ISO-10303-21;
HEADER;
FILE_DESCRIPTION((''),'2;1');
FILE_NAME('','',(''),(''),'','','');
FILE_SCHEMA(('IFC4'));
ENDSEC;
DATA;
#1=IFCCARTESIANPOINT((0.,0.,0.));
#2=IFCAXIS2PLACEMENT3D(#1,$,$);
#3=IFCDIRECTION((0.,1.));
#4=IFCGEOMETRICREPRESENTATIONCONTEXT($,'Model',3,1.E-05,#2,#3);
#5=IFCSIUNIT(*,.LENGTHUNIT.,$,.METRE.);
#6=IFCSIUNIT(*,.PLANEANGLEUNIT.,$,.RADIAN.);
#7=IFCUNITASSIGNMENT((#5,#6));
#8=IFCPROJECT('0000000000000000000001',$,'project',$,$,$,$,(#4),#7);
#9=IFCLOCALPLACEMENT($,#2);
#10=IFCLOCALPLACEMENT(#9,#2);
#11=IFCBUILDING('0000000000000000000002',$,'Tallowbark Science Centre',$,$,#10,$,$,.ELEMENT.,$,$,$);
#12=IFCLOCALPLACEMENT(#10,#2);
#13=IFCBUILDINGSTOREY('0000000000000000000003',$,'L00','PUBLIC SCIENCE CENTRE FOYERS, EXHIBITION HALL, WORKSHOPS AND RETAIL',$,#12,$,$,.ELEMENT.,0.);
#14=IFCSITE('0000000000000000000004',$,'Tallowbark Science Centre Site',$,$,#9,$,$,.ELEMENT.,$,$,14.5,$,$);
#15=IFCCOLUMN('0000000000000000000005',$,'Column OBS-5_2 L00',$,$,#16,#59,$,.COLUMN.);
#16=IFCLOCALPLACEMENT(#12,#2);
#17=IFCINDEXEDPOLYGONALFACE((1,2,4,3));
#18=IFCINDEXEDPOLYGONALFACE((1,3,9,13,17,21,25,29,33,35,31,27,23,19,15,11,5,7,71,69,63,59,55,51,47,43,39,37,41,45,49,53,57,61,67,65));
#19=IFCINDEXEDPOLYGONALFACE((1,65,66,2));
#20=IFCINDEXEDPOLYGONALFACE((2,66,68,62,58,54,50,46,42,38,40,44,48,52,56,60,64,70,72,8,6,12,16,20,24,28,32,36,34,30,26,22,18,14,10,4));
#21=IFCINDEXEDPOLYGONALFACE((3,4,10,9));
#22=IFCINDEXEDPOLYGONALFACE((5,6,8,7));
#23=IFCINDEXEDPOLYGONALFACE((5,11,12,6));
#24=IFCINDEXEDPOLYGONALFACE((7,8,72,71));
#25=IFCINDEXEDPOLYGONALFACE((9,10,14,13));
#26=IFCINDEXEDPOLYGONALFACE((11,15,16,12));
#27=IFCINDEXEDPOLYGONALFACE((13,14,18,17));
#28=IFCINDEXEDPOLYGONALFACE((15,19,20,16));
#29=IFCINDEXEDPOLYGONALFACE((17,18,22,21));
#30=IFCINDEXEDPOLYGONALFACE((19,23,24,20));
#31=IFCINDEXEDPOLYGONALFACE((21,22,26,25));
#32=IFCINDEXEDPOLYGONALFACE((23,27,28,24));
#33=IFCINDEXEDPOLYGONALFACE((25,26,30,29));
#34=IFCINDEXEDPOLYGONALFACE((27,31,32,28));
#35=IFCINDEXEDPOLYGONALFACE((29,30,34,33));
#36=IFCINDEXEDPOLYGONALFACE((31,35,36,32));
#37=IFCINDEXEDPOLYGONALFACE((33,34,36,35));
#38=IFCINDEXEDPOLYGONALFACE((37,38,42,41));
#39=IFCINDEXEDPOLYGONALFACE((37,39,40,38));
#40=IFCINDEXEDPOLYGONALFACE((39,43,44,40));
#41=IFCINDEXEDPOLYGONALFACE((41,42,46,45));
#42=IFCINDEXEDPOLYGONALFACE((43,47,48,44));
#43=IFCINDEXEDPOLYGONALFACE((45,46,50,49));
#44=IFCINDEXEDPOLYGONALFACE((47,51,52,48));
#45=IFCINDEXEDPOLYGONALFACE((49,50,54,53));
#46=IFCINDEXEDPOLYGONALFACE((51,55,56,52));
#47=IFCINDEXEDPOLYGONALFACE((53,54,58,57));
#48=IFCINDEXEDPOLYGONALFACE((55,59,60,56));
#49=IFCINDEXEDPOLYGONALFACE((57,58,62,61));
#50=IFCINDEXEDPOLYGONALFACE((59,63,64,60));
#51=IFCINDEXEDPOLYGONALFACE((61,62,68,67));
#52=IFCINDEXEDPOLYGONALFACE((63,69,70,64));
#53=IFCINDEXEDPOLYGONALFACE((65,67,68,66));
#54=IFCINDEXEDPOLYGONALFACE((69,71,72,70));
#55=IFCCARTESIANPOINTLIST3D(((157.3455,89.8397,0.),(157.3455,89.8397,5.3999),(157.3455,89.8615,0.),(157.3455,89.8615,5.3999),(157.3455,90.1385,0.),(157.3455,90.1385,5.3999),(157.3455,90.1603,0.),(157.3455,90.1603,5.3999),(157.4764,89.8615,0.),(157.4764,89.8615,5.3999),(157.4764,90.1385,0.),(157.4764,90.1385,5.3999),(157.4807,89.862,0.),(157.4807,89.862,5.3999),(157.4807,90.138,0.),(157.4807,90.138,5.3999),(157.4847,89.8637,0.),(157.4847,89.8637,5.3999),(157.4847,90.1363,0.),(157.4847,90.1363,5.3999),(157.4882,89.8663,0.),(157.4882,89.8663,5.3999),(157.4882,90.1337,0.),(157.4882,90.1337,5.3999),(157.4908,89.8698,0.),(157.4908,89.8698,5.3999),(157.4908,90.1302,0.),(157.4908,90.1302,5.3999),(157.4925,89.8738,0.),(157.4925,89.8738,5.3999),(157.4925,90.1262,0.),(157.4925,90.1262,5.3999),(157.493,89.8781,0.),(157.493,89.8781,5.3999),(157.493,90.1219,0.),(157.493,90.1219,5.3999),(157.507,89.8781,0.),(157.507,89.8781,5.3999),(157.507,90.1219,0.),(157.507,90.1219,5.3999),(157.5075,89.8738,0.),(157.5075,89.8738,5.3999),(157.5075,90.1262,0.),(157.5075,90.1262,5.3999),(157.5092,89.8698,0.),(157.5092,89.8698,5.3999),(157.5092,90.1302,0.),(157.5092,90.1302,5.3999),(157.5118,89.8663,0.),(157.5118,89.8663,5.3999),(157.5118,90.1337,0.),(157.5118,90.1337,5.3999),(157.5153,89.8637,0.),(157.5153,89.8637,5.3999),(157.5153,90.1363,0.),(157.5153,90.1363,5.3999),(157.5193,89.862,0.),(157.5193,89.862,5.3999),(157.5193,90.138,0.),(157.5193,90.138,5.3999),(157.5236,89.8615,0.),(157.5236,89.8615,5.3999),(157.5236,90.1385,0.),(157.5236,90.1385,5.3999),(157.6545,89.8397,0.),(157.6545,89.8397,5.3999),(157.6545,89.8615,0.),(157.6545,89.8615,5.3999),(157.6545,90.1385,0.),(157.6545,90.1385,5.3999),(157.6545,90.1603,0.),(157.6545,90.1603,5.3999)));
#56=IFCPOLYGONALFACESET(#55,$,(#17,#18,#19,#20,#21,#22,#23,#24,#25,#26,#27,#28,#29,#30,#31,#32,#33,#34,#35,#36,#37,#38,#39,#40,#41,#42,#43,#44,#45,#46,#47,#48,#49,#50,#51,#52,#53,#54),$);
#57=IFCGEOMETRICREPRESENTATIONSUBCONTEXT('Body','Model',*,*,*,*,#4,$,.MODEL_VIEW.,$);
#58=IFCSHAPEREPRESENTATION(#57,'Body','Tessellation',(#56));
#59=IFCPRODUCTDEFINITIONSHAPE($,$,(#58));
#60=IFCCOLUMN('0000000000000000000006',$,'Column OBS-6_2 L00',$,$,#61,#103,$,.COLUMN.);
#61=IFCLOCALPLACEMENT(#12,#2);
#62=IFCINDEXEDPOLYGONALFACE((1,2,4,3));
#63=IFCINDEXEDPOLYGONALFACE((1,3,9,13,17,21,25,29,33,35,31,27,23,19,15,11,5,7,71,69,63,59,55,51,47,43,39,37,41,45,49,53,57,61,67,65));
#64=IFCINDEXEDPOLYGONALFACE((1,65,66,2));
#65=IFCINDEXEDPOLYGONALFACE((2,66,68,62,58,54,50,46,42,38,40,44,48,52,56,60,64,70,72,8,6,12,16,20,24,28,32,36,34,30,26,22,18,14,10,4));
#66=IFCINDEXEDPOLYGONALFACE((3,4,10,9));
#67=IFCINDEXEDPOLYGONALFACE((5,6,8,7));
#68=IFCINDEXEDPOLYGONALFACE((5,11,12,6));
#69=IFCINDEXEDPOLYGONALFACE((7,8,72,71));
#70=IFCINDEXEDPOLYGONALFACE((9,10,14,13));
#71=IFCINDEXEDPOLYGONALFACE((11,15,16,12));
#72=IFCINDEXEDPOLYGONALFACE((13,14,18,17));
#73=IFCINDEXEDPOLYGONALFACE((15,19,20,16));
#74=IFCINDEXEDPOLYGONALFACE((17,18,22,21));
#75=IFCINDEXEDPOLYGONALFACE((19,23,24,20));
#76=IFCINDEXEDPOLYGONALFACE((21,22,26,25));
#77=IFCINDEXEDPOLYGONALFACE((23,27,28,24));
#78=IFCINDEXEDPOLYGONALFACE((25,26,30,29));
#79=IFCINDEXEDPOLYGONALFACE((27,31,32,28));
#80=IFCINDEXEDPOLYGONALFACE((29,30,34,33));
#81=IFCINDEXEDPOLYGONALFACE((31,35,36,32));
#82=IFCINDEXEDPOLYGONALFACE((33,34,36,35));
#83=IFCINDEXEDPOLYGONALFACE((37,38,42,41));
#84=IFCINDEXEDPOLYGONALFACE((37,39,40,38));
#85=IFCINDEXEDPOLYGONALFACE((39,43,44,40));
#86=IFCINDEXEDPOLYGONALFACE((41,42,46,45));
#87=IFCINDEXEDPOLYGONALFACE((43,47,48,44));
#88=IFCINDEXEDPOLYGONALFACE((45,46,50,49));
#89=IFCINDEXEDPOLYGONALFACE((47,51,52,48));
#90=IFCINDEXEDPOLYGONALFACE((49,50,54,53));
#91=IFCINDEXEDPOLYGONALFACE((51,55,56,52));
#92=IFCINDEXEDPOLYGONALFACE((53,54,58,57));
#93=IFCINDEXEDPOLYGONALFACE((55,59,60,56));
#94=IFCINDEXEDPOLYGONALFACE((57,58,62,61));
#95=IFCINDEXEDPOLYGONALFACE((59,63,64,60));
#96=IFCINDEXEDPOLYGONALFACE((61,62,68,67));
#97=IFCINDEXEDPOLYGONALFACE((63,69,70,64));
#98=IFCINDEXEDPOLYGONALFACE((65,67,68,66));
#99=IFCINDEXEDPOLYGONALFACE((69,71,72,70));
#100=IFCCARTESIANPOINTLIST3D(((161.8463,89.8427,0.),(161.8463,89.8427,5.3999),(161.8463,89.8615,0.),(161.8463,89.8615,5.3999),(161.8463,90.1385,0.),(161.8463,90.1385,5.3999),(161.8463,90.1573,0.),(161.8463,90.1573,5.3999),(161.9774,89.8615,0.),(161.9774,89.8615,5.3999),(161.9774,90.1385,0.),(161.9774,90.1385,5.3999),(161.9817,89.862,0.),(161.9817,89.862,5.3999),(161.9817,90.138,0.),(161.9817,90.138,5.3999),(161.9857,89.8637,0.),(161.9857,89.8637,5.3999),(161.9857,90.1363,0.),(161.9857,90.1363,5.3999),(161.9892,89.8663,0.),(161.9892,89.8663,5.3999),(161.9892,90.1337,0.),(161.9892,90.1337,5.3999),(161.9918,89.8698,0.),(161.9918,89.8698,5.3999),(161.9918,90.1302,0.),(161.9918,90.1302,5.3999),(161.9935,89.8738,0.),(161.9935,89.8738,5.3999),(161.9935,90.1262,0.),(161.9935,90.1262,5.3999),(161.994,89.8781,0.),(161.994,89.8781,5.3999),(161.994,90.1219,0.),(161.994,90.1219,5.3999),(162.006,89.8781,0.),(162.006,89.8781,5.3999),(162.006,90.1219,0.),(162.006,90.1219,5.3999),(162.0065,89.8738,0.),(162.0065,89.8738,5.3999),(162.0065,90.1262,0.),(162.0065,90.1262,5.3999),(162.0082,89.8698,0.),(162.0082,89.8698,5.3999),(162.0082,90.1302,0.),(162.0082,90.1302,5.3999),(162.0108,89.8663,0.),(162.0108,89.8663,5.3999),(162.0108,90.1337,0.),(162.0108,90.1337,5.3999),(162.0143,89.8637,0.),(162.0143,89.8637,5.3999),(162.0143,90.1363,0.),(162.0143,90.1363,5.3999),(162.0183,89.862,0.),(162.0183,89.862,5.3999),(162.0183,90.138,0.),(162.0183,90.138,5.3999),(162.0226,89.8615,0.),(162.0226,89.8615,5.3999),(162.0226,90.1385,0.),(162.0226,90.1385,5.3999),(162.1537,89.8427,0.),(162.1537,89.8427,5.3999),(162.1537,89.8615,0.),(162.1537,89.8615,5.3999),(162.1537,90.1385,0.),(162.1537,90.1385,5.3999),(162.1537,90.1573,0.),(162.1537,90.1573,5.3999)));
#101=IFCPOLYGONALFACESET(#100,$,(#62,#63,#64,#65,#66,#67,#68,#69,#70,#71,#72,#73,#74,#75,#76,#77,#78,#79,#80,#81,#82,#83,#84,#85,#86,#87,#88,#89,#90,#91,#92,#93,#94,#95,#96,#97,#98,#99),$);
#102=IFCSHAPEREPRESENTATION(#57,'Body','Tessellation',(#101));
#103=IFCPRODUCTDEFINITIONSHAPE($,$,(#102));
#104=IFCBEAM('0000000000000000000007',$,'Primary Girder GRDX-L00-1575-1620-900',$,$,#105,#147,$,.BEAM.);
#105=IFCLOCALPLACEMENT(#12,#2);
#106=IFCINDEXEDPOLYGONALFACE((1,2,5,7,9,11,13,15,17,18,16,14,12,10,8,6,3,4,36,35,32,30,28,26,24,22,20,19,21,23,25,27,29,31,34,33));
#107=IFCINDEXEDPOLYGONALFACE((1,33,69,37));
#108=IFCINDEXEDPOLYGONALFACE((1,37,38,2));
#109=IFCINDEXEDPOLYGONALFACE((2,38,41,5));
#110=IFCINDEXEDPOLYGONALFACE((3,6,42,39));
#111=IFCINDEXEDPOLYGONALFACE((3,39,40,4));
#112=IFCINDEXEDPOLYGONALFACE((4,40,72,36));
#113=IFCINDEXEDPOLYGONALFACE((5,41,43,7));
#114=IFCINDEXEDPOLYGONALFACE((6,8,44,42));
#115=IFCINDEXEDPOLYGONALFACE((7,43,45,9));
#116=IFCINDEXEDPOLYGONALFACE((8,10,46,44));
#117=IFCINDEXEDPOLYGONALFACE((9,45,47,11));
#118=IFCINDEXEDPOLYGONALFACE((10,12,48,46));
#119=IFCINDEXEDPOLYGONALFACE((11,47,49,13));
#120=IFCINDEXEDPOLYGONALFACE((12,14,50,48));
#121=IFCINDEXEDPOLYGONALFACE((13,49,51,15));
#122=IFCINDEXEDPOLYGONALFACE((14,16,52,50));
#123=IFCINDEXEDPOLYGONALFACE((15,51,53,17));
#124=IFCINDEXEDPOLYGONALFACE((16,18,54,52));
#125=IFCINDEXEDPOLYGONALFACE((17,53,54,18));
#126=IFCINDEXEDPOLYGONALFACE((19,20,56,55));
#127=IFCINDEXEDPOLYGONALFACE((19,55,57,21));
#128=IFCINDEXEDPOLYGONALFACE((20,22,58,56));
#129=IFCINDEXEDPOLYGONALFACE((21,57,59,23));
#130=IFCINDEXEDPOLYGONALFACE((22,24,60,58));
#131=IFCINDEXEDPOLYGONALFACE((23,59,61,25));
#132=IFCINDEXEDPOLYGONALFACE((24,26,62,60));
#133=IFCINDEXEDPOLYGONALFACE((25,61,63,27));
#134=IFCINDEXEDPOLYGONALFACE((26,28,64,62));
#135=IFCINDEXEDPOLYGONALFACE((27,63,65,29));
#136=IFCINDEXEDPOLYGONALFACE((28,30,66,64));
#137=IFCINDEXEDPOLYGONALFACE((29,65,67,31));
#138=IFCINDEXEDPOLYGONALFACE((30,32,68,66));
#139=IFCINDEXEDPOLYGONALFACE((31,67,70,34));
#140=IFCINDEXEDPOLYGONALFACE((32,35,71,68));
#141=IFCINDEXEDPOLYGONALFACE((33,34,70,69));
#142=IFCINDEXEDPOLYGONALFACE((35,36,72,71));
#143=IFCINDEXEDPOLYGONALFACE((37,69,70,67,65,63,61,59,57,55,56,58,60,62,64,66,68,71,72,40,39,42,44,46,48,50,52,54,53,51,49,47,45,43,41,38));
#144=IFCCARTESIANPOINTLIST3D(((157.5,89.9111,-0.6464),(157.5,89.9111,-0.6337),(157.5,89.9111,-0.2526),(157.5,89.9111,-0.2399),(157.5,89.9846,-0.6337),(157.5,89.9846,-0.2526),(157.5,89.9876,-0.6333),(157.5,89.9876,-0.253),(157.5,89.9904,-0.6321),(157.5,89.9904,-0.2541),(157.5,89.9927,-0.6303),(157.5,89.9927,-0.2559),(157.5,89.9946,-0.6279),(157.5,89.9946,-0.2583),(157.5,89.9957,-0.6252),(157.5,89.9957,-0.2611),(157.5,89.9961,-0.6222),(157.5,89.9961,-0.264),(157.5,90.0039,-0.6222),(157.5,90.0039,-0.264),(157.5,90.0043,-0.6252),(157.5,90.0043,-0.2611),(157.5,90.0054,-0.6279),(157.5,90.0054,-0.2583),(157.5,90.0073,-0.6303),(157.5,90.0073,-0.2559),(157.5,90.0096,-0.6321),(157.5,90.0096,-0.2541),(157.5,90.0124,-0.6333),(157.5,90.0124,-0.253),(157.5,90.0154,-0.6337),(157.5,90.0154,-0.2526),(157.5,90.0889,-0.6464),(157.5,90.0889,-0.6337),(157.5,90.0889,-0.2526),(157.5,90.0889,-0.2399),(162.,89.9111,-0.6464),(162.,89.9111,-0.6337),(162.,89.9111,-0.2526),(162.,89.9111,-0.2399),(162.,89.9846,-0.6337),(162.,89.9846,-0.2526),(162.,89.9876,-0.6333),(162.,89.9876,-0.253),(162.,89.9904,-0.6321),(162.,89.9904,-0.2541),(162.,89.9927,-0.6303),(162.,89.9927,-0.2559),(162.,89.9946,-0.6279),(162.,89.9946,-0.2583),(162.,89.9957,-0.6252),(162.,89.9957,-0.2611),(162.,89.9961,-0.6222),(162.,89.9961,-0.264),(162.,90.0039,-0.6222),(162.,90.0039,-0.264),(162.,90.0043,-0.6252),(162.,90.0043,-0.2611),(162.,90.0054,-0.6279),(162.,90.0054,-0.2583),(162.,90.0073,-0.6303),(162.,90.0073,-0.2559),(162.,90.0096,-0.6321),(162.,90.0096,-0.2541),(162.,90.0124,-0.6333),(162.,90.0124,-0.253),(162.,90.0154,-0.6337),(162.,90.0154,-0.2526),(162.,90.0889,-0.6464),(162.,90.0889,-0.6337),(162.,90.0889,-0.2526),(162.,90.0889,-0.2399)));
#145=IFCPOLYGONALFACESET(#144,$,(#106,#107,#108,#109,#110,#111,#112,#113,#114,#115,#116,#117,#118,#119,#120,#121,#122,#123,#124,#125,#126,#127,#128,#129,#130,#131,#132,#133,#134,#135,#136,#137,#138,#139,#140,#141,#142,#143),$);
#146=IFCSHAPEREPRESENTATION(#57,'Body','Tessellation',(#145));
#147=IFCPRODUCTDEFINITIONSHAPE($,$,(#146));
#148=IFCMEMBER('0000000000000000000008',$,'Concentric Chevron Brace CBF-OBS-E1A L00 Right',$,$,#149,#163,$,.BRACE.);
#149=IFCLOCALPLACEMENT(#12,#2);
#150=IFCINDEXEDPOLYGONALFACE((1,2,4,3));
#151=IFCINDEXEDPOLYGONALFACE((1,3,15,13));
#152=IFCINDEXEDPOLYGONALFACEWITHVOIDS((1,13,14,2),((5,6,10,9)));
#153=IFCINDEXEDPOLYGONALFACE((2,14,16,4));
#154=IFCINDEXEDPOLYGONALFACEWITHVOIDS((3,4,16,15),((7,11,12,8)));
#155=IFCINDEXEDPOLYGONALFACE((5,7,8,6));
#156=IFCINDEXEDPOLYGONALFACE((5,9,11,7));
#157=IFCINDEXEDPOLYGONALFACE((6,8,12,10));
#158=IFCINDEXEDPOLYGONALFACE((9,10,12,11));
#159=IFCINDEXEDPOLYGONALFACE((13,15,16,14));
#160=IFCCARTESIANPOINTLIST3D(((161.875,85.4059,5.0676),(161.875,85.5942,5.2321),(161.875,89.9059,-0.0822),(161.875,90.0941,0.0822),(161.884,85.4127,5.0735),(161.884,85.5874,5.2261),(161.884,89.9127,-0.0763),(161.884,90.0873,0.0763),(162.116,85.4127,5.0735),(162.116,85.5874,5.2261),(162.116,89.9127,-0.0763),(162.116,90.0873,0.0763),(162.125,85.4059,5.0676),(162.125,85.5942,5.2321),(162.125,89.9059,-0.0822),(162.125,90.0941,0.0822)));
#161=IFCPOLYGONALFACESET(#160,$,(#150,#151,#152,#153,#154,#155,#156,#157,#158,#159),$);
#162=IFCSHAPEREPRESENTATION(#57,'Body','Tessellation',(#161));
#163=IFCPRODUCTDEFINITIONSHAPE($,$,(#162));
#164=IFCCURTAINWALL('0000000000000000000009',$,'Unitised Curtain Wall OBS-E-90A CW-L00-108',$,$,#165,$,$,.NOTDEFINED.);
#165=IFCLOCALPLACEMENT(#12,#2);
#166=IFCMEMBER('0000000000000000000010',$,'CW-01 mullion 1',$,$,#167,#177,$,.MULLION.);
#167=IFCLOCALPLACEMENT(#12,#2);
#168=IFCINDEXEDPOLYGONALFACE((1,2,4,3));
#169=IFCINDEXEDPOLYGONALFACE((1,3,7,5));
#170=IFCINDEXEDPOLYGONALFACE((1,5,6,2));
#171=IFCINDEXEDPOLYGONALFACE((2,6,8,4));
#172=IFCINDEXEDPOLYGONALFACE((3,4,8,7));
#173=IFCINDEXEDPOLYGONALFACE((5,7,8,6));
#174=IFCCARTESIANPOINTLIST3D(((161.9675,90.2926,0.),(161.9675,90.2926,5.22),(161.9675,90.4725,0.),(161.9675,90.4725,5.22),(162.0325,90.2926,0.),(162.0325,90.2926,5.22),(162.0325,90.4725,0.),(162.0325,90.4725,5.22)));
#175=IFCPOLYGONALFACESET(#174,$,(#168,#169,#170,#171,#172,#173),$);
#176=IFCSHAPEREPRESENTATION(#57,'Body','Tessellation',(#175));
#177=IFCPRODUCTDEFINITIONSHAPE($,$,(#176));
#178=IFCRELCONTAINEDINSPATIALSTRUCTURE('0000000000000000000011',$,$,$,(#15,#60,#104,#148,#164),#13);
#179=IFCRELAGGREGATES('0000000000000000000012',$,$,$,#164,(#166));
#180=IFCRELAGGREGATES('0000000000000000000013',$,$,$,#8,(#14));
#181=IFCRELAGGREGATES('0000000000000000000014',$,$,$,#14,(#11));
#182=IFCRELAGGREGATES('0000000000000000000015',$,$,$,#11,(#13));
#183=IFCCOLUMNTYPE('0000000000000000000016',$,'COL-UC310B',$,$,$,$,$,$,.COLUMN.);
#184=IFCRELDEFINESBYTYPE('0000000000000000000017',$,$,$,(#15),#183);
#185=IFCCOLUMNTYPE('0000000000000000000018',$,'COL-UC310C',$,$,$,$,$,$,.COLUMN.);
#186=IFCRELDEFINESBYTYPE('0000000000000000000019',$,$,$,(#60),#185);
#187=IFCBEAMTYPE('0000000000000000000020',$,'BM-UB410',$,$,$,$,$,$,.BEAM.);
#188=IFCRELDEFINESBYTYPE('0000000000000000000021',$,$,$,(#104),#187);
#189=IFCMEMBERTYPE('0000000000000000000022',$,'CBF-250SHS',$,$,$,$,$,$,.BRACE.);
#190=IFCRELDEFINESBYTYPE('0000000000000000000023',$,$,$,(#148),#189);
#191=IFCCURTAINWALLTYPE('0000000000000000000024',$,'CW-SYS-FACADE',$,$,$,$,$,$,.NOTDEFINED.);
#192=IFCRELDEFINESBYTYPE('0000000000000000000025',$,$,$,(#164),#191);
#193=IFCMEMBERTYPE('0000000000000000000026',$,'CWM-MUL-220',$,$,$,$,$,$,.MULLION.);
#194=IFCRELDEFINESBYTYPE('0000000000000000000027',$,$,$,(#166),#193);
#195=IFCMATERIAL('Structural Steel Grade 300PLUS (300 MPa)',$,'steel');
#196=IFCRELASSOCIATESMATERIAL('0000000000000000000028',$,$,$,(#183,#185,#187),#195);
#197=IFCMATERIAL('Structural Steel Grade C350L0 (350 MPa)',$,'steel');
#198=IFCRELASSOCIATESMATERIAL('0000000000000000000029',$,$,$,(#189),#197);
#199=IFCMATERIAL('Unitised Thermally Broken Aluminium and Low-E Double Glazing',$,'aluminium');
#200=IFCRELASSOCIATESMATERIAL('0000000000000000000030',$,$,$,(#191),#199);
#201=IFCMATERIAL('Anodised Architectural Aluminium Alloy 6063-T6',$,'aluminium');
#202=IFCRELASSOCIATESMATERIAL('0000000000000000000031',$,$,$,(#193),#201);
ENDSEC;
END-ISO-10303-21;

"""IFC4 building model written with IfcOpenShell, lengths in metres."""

from ifc_helpers import new_model, si_unit, direction, frame, origin, origin_2d, place, context, subcontext, project, spatial, rectangle, hollow_rectangle, i_section, extrude, material, material_profile, profile_set, type_object, element, aggregate, save


model = new_model("IFC4")

# Units and contexts
model_context = context("Model", 3, precision=1e-05, world=origin(), true_north=direction((0.0, 1.0)))
body_context = subcontext(model_context, "Body", "Model", "MODEL_VIEW")
ifc_project = project(units=[si_unit("LENGTHUNIT", "METRE"), si_unit("PLANEANGLEUNIT", "RADIAN")], contexts=[model_context])

# Site, building, storey
site_placement = place(None, origin())
site = spatial("IfcSite", under=ifc_project, at=site_placement, Name="Tallowbark Science Centre Site", CompositionType="ELEMENT", RefElevation=14.5)
building_placement = place(site_placement, origin())
building = spatial("IfcBuilding", under=site, at=building_placement, Name="Tallowbark Science Centre", CompositionType="ELEMENT")
storey_placement = place(building_placement, origin())
storey = spatial("IfcBuildingStorey", under=building, at=storey_placement, Name="L00", Description="PUBLIC SCIENCE CENTRE FOYERS, EXHIBITION HALL, WORKSHOPS AND RETAIL", CompositionType="ELEMENT", Elevation=0.0)

# Columns
ifc_material_1 = material(Name="Structural Steel Grade 300PLUS (300 MPa)", Category="steel")
ifc_material_profile_1 = material_profile(ifc_material_1, i_section(OverallWidth=0.3091, OverallDepth=0.3206, WebThickness=0.0139, FlangeThickness=0.0217, FilletRadius=0.0166, at=origin_2d()), Name="310UC137")
ifc_profile_set_1 = profile_set([ifc_material_profile_1], Name="Structural Steel Grade 300PLUS (300 MPa)")
column_type_1 = type_object("IfcColumnType", Name="COL-UC310B", PredefinedType="COLUMN", material=ifc_profile_set_1)
column_1_placement = place(storey_placement, frame((157.5, 90.0, 0.0), z_axis=(0.0, 0.0, 1.0), x_axis=(1.0, 0.0, 0.0)))
element("IfcColumn", 1, at=column_1_placement, inside=storey, type_object=column_type_1, Name="Column OBS-5_2 L00", PredefinedType="COLUMN", context=body_context, shape_type="SweptSolid", body=[
    extrude(i_section(OverallWidth=0.3091, OverallDepth=0.3206, WebThickness=0.0139, FlangeThickness=0.0217, FilletRadius=0.0166, at=origin_2d()), origin(), (0.0, 0.0, 1.0), 5.3999),
])
ifc_material_profile_2 = material_profile(ifc_material_1, i_section(OverallWidth=0.3074, OverallDepth=0.3147, WebThickness=0.012, FlangeThickness=0.0188, FilletRadius=0.0166, at=origin_2d()), Name="310UC118")
ifc_profile_set_2 = profile_set([ifc_material_profile_2], Name="Structural Steel Grade 300PLUS (300 MPa)")
column_type_2 = type_object("IfcColumnType", Name="COL-UC310C", PredefinedType="COLUMN", material=ifc_profile_set_2)
column_2_placement = place(storey_placement, frame((162.0, 90.0, 0.0), z_axis=(0.0, 0.0, 1.0), x_axis=(1.0, 0.0, 0.0)))
element("IfcColumn", 2, at=column_2_placement, inside=storey, type_object=column_type_2, Name="Column OBS-6_2 L00", PredefinedType="COLUMN", context=body_context, shape_type="SweptSolid", body=[
    extrude(i_section(OverallWidth=0.3074, OverallDepth=0.3147, WebThickness=0.012, FlangeThickness=0.0188, FilletRadius=0.0166, at=origin_2d()), origin(), (0.0, 0.0, 1.0), 5.3999),
])

# Beam
ifc_material_profile_3 = material_profile(ifc_material_1, i_section(OverallWidth=0.1777, OverallDepth=0.4065, WebThickness=0.0078, FlangeThickness=0.0127, FilletRadius=0.0115, at=origin_2d()), Name="410UB59.7")
ifc_profile_set_3 = profile_set([ifc_material_profile_3], Name="Structural Steel Grade 300PLUS (300 MPa)")
beam_type_1 = type_object("IfcBeamType", Name="BM-UB410", PredefinedType="BEAM", material=ifc_profile_set_3)
beam_placement = place(storey_placement, frame((157.5, 90.0, -0.4431), z_axis=(1.0, 0.0, 0.0), x_axis=(0.0, 1.0, 0.0)))
element("IfcBeam", 3, at=beam_placement, inside=storey, type_object=beam_type_1, Name="Primary Girder GRDX-L00-1575-1620-900", PredefinedType="BEAM", context=body_context, shape_type="SweptSolid", body=[
    extrude(i_section(OverallWidth=0.1777, OverallDepth=0.4065, WebThickness=0.0078, FlangeThickness=0.0127, FilletRadius=0.0115, at=origin_2d()), origin(), (0.0, 0.0, 1.0), 4.5),
])

# Member
ifc_material_2 = material(Name="Structural Steel Grade C350L0 (350 MPa)", Category="steel")
ifc_material_profile_4 = material_profile(ifc_material_2, hollow_rectangle(XDim=0.25, YDim=0.25, WallThickness=0.009, at=origin_2d()), Name="250x250x9.0SHS")
ifc_profile_set_4 = profile_set([ifc_material_profile_4], Name="Structural Steel Grade C350L0 (350 MPa)")
member_type_1 = type_object("IfcMemberType", Name="CBF-250SHS", PredefinedType="BRACE", material=ifc_profile_set_4)
member_1_placement = place(storey_placement, frame((162.0, 90.0, 0.0), z_axis=(0.0, -0.657994, 0.753023), x_axis=(1.0, 0.0, 0.0)))
element("IfcMember", 4, at=member_1_placement, inside=storey, type_object=member_type_1, Name="Concentric Chevron Brace CBF-OBS-E1A L00 Right", PredefinedType="BRACE", context=body_context, shape_type="SweptSolid", body=[
    extrude(hollow_rectangle(XDim=0.25, YDim=0.25, WallThickness=0.009, at=origin_2d()), origin(), (0.0, 0.0, 1.0), 6.8389),
])

# Curtain wall, member
ifc_material_3 = material(Name="Unitised Thermally Broken Aluminium and Low-E Double Glazing", Category="aluminium")
curtain_wall_type = type_object("IfcCurtainWallType", Name="CW-SYS-FACADE", PredefinedType="NOTDEFINED", material=ifc_material_3)
curtain_wall_placement = place(storey_placement, origin())
curtain_wall = element("IfcCurtainWall", 5, at=curtain_wall_placement, inside=storey, type_object=curtain_wall_type, Name="Unitised Curtain Wall OBS-E-90A CW-L00-108", PredefinedType="NOTDEFINED")
ifc_material_4 = material(Name="Anodised Architectural Aluminium Alloy 6063-T6", Category="aluminium")
ifc_material_profile_5 = material_profile(ifc_material_4, rectangle(XDim=0.0649, YDim=0.1799, at=origin_2d()), Name="ALU65x180")
ifc_profile_set_5 = profile_set([ifc_material_profile_5], Name="Anodised Architectural Aluminium Alloy 6063-T6")
member_type_2 = type_object("IfcMemberType", Name="CWM-MUL-220", PredefinedType="MULLION", material=ifc_profile_set_5)
member_2_placement = place(storey_placement, frame((162.0, 90.3826, 0.0), z_axis=(0.0, 0.0, 1.0), x_axis=(-1.0, 0.0, 0.0)))
member_2 = element("IfcMember", 6, at=member_2_placement, type_object=member_type_2, Name="CW-01 mullion 1", PredefinedType="MULLION", context=body_context, shape_type="SweptSolid", body=[
    extrude(rectangle(XDim=0.0649, YDim=0.1799, at=origin_2d()), origin(), (0.0, 0.0, 1.0), 5.22),
])

aggregate(curtain_wall, [member_2])

save(model, "model.ifc")
